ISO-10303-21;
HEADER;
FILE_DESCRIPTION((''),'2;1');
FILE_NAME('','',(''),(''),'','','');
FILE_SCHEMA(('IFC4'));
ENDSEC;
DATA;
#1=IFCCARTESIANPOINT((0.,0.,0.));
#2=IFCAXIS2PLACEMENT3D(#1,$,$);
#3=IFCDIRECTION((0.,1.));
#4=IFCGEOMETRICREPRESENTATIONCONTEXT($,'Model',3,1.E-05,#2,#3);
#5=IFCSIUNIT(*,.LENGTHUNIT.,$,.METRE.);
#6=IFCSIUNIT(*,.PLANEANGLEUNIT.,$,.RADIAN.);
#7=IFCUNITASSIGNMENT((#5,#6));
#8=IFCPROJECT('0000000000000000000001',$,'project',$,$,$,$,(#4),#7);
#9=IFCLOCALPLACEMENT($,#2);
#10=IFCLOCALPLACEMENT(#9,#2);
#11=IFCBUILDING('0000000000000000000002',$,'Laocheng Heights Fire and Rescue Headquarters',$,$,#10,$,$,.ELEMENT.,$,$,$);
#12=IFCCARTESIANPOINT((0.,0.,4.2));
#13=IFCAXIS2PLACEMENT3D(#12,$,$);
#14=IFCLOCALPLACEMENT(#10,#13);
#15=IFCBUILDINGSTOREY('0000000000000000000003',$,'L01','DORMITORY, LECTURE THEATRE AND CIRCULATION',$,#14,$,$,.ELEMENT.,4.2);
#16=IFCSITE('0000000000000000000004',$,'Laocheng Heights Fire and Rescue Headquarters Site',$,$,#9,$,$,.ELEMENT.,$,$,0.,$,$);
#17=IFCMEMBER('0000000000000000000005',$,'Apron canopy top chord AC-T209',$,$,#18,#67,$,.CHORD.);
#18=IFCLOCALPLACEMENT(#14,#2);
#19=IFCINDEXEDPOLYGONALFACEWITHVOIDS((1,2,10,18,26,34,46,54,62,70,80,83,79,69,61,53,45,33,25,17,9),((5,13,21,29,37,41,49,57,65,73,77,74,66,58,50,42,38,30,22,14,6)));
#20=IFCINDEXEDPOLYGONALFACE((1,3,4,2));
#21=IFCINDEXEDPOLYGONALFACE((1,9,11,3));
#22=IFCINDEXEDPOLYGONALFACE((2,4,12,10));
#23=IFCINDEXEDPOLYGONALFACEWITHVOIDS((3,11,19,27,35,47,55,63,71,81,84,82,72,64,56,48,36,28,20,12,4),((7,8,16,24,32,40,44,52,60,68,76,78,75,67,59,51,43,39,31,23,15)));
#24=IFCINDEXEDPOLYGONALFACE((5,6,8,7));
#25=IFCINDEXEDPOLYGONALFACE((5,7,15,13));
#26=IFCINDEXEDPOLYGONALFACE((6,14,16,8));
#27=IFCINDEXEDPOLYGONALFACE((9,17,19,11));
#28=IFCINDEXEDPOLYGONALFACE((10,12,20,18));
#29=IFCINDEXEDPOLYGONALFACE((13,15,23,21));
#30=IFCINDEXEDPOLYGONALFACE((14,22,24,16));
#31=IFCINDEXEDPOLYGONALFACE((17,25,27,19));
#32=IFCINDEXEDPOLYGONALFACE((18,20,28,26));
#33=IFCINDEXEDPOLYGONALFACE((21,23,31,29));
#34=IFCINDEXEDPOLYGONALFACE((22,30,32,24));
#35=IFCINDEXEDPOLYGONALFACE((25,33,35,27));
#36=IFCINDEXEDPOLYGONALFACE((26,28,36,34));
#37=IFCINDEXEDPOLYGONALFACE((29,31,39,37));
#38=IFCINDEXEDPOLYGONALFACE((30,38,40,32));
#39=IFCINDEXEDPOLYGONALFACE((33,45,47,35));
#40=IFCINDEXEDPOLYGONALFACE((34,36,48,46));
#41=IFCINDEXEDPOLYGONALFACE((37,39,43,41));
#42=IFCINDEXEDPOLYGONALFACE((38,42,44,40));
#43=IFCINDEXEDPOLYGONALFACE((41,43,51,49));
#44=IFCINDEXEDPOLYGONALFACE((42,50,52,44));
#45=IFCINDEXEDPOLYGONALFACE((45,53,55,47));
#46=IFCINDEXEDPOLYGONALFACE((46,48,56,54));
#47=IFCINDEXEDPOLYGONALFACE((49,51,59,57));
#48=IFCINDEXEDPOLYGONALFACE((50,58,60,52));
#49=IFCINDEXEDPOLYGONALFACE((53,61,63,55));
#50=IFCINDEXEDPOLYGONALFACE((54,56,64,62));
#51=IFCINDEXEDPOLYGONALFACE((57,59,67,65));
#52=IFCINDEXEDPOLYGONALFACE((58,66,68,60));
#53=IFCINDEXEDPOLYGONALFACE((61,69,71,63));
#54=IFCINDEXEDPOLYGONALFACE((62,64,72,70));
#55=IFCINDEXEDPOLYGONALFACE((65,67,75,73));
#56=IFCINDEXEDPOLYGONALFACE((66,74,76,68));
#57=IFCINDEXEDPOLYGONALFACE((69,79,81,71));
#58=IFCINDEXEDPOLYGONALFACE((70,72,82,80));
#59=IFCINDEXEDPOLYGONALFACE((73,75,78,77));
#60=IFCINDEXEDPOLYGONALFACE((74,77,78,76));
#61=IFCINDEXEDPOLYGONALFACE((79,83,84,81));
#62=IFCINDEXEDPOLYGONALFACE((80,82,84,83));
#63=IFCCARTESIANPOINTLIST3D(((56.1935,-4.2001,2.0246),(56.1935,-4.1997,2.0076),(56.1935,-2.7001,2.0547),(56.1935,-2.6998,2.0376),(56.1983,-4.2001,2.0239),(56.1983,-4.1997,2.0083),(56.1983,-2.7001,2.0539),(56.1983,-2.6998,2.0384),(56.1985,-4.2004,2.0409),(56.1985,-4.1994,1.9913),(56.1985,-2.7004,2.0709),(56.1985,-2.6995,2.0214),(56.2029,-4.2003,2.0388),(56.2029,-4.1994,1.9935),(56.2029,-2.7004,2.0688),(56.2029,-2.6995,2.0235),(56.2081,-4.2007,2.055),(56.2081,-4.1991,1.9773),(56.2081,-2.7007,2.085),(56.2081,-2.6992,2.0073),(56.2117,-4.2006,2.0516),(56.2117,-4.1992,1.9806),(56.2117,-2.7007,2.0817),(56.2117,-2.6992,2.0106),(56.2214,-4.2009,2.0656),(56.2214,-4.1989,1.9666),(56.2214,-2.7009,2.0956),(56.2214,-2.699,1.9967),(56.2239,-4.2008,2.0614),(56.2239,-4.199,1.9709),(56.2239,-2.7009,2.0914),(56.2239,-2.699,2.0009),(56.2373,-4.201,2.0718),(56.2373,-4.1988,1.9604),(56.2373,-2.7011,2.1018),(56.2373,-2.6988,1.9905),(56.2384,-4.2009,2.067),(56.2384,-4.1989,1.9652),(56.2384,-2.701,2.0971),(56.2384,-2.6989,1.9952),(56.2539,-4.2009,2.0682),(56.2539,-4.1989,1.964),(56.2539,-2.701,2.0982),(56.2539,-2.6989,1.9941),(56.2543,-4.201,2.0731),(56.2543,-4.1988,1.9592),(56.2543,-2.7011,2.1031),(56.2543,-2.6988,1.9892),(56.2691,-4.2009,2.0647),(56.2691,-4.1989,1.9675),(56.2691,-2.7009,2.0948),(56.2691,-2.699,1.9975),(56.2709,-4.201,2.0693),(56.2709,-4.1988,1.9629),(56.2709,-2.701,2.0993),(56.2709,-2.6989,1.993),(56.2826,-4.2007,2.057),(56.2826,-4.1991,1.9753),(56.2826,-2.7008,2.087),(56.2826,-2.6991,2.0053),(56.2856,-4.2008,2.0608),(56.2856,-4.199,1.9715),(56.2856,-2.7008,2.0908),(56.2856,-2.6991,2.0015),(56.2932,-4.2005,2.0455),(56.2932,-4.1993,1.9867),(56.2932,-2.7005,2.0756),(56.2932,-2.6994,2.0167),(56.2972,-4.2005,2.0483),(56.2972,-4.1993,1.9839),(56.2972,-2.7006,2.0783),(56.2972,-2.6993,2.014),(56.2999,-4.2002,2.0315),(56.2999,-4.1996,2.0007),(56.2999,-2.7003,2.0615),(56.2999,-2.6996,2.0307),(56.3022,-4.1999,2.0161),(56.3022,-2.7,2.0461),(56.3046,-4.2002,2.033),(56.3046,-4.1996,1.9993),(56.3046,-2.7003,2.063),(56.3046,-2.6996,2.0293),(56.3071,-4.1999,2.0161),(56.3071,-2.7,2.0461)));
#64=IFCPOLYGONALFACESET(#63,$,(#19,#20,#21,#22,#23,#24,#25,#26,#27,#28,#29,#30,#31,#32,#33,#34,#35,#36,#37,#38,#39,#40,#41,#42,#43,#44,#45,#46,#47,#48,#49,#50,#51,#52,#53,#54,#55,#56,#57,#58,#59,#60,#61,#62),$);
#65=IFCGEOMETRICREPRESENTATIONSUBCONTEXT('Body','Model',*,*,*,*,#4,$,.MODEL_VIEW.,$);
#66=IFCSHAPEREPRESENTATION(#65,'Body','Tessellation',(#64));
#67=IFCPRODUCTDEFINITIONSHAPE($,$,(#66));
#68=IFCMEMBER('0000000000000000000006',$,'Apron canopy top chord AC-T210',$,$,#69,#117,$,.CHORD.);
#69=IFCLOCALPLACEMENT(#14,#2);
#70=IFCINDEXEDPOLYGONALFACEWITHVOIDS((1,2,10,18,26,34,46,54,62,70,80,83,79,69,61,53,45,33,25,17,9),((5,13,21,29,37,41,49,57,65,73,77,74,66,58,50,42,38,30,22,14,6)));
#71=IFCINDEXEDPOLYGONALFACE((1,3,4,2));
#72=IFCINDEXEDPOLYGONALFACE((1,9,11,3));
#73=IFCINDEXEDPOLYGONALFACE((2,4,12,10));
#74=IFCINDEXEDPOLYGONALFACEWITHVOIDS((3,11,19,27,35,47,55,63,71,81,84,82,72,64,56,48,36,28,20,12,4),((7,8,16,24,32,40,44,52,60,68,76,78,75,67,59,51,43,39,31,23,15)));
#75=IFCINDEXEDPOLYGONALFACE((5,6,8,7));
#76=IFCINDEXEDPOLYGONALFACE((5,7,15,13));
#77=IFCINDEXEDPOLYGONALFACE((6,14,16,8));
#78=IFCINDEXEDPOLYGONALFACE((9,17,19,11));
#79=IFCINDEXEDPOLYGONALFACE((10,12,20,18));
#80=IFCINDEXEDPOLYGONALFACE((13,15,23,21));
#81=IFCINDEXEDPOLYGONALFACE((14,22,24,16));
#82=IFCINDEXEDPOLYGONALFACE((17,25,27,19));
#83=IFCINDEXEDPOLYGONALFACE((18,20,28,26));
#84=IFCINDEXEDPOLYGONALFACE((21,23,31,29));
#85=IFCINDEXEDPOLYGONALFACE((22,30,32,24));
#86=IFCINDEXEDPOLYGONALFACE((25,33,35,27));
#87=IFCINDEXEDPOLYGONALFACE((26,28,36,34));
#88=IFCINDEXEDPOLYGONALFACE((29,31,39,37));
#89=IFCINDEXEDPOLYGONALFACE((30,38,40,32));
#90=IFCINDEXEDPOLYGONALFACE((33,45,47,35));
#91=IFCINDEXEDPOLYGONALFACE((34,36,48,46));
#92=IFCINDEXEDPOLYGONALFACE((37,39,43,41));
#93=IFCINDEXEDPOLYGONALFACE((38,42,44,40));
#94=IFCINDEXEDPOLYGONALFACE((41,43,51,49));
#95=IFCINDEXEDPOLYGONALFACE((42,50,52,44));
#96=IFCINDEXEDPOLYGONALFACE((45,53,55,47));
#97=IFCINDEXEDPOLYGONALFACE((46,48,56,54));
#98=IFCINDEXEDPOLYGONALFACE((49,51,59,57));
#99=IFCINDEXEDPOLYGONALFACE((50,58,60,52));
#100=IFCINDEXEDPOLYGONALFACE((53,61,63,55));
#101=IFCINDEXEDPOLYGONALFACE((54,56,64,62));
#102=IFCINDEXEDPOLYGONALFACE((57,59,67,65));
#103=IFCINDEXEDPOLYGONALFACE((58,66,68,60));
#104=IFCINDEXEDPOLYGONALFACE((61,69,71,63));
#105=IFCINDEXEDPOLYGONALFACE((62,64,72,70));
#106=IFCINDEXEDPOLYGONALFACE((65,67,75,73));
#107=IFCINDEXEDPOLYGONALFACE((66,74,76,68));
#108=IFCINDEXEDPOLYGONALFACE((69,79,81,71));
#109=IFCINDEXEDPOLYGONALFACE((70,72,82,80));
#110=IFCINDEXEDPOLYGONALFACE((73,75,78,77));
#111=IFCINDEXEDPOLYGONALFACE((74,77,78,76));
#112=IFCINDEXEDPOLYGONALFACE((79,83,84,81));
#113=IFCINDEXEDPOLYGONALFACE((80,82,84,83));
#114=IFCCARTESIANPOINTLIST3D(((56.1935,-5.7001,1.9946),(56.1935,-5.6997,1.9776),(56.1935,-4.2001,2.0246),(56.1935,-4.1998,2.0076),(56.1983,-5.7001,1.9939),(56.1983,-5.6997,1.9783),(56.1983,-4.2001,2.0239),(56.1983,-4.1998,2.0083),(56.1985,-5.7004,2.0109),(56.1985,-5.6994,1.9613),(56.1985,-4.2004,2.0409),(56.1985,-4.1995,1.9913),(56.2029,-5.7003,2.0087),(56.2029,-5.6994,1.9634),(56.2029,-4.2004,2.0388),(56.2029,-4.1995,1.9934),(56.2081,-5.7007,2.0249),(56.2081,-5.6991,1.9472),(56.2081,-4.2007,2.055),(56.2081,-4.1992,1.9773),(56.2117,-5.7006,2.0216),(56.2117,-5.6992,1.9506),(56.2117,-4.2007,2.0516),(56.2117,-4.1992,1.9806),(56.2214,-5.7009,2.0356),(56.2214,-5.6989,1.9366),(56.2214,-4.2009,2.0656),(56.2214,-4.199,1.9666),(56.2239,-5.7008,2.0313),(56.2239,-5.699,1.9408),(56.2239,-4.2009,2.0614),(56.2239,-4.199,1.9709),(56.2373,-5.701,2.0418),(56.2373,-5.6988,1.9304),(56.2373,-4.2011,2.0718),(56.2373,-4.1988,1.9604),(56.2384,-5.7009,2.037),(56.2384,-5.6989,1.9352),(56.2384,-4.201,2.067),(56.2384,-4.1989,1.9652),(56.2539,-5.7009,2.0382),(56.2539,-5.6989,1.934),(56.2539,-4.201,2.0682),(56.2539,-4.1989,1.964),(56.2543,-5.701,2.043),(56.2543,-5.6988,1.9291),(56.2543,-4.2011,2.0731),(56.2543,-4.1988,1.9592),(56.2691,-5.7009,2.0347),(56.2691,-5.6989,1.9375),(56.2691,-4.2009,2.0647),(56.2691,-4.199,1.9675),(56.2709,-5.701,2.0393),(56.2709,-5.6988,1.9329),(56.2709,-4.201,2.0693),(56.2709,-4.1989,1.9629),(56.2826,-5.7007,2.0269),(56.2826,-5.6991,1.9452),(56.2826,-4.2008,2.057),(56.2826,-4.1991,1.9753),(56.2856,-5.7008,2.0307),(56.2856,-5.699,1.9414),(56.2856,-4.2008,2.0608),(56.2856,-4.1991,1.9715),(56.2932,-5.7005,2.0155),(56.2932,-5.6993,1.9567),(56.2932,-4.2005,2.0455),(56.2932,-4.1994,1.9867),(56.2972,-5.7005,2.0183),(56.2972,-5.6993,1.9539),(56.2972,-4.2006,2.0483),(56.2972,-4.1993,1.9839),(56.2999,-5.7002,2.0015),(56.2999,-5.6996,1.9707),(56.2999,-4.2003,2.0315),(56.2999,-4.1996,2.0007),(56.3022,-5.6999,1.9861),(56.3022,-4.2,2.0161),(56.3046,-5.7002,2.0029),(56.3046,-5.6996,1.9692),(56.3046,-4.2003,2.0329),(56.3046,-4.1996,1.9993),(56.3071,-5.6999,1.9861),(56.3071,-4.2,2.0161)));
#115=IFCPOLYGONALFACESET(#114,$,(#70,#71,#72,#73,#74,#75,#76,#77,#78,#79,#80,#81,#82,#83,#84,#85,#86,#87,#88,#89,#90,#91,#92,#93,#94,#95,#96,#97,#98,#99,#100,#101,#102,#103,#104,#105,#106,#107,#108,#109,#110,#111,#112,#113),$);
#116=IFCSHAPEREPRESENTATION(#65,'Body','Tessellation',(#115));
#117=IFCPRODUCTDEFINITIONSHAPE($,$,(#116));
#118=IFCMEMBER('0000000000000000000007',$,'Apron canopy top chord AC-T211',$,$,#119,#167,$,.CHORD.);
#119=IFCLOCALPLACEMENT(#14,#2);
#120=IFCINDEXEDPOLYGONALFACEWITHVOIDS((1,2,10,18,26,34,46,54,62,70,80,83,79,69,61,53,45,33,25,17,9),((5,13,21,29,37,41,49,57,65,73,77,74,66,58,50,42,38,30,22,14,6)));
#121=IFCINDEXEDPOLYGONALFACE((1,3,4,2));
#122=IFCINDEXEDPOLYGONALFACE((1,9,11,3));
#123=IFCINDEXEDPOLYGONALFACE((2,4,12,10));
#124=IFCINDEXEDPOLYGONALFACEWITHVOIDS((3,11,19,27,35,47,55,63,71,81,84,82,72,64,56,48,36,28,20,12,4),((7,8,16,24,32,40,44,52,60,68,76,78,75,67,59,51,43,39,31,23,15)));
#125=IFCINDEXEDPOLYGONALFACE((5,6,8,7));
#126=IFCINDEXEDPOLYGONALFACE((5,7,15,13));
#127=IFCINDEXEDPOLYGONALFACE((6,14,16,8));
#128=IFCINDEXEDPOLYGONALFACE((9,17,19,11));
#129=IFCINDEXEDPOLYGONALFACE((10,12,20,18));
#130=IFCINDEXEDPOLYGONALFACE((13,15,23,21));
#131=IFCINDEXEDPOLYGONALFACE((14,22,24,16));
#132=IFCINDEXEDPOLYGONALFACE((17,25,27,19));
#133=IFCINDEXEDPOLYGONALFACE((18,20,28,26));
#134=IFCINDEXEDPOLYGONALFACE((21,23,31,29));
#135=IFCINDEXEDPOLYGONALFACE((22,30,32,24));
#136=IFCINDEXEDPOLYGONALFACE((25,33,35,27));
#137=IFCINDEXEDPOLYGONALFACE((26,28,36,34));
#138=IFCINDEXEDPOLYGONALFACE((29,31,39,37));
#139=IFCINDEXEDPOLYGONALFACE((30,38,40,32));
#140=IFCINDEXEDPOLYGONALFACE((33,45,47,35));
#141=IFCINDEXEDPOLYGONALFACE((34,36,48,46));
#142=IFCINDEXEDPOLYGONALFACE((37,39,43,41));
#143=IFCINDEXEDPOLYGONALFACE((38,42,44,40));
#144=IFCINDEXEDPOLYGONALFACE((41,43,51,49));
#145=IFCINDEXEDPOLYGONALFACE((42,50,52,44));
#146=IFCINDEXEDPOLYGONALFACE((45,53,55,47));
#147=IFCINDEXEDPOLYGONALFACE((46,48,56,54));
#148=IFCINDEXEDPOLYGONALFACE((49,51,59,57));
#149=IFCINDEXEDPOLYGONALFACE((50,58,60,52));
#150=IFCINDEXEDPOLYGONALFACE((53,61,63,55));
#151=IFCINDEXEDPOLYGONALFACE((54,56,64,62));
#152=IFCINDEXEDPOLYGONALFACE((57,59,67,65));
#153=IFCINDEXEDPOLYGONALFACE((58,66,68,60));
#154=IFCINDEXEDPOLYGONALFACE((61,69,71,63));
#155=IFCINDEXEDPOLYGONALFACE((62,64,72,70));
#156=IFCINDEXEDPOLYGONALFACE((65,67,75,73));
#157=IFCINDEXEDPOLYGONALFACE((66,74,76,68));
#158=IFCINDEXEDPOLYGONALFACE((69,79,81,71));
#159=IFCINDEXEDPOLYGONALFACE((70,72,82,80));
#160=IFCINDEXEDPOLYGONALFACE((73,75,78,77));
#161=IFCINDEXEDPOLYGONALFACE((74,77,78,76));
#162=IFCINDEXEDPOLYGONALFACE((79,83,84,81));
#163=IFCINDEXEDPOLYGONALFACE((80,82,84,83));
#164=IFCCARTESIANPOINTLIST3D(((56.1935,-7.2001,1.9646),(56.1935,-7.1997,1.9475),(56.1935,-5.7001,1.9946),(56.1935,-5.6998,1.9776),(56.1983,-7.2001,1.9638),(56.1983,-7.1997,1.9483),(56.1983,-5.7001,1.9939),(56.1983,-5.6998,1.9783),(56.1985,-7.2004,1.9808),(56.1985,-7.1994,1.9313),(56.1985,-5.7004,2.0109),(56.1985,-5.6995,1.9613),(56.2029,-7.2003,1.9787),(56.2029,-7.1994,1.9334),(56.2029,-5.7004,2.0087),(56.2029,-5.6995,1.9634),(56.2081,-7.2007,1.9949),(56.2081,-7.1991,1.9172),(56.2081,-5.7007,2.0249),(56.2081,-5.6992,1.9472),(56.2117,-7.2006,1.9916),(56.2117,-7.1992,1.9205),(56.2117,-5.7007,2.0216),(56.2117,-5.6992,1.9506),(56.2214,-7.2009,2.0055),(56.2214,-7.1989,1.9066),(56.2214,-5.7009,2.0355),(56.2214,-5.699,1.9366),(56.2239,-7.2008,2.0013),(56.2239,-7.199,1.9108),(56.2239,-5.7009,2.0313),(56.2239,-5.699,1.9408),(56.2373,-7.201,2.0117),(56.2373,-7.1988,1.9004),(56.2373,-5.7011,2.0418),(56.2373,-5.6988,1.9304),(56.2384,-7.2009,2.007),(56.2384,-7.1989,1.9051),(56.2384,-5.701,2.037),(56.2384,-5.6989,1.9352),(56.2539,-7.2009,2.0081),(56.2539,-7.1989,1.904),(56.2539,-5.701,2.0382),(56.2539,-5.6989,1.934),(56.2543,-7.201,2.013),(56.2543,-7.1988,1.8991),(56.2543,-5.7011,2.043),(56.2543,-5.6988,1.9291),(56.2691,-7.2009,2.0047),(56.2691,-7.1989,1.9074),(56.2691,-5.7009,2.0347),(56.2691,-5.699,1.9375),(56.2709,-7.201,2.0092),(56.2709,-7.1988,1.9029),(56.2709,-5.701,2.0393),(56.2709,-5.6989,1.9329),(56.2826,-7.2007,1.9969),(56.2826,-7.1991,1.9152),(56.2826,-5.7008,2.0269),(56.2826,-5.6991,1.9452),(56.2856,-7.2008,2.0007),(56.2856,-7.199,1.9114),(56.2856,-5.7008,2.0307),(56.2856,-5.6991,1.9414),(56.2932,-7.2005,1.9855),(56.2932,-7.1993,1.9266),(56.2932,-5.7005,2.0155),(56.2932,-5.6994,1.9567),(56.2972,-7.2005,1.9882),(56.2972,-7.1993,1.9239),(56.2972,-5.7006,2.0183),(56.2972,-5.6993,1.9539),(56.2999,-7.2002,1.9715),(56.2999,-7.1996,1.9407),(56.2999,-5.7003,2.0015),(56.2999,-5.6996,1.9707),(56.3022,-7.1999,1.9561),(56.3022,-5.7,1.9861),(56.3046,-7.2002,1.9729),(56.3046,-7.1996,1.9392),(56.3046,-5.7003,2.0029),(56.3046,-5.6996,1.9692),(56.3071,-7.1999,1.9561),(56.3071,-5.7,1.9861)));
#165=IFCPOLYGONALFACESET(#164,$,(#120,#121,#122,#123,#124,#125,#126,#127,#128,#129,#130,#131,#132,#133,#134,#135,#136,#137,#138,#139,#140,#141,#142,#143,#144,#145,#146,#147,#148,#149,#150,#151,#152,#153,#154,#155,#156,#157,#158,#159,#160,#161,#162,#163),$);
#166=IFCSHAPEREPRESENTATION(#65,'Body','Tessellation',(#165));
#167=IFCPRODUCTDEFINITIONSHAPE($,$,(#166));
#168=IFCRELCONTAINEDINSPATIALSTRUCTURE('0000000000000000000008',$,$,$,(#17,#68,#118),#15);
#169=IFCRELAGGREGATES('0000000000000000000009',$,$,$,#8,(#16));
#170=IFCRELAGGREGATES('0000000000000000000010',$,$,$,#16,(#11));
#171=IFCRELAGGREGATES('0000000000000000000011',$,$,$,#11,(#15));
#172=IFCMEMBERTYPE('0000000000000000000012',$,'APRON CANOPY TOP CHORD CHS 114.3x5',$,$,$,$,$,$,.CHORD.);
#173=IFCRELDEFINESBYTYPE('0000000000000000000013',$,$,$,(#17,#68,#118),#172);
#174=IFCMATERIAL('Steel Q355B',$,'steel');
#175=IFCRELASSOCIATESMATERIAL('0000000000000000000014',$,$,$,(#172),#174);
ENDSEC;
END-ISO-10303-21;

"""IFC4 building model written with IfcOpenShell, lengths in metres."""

from ifc_helpers import new_model, si_unit, direction, frame, origin, origin_2d, place, context, subcontext, project, spatial, hollow_circle, extrude, material, material_profile, profile_set, type_object, element, save


model = new_model("IFC4")

# Units and contexts
model_context = context("Model", 3, precision=1e-05, world=origin(), true_north=direction((0.0, 1.0)))
body_context = subcontext(model_context, "Body", "Model", "MODEL_VIEW")
ifc_project = project(units=[si_unit("LENGTHUNIT", "METRE"), si_unit("PLANEANGLEUNIT", "RADIAN")], contexts=[model_context])

# Site, building, storey
site_placement = place(None, origin())
site = spatial("IfcSite", under=ifc_project, at=site_placement, Name="Laocheng Heights Fire and Rescue Headquarters Site", CompositionType="ELEMENT", RefElevation=0.0)
building_placement = place(site_placement, origin())
building = spatial("IfcBuilding", under=site, at=building_placement, Name="Laocheng Heights Fire and Rescue Headquarters", CompositionType="ELEMENT")
storey_placement = place(building_placement, frame((0.0, 0.0, 4.2)))
storey = spatial("IfcBuildingStorey", under=building, at=storey_placement, Name="L01", Description="DORMITORY, LECTURE THEATRE AND CIRCULATION", CompositionType="ELEMENT", Elevation=4.2)

# Members
ifc_material_1 = material(Name="Steel Q355B", Category="steel")
ifc_material_profile_1 = material_profile(ifc_material_1, hollow_circle(Radius=0.0571, WallThickness=0.0049, at=origin_2d()), Name="CHS 114.3x5")
ifc_profile_set_1 = profile_set([ifc_material_profile_1], Name="Steel Q355B")
member_type_1 = type_object("IfcMemberType", Name="APRON CANOPY TOP CHORD CHS 114.3x5", PredefinedType="CHORD", material=ifc_profile_set_1)
for number, where, z_axis, x_axis, name in (
    (1, (56.25, -2.7, 2.0461), (0.0, -0.9998, -0.020016), (1.0, 0.0, 0.0), "Apron canopy top chord AC-T209"),
    (2, (56.25, -4.2, 2.0161), (0.0, -0.9998, -0.020016), (1.0, 0.0, 0.0), "Apron canopy top chord AC-T210"),
    (3, (56.25, -5.7, 1.9861), (0.0, -0.9998, -0.020016), (1.0, 0.0, 0.0), "Apron canopy top chord AC-T211"),
):
    element("IfcMember", number, at=place(storey_placement, frame(where, z_axis=z_axis, x_axis=x_axis)), inside=storey, type_object=member_type_1, Name=name, PredefinedType="CHORD", context=body_context, shape_type="SweptSolid", body=[
        extrude(hollow_circle(Radius=0.0571, WallThickness=0.0049, at=origin_2d()), origin(), (0.0, 0.0, 1.0), 1.5002),
    ])

save(model, "model.ifc")
